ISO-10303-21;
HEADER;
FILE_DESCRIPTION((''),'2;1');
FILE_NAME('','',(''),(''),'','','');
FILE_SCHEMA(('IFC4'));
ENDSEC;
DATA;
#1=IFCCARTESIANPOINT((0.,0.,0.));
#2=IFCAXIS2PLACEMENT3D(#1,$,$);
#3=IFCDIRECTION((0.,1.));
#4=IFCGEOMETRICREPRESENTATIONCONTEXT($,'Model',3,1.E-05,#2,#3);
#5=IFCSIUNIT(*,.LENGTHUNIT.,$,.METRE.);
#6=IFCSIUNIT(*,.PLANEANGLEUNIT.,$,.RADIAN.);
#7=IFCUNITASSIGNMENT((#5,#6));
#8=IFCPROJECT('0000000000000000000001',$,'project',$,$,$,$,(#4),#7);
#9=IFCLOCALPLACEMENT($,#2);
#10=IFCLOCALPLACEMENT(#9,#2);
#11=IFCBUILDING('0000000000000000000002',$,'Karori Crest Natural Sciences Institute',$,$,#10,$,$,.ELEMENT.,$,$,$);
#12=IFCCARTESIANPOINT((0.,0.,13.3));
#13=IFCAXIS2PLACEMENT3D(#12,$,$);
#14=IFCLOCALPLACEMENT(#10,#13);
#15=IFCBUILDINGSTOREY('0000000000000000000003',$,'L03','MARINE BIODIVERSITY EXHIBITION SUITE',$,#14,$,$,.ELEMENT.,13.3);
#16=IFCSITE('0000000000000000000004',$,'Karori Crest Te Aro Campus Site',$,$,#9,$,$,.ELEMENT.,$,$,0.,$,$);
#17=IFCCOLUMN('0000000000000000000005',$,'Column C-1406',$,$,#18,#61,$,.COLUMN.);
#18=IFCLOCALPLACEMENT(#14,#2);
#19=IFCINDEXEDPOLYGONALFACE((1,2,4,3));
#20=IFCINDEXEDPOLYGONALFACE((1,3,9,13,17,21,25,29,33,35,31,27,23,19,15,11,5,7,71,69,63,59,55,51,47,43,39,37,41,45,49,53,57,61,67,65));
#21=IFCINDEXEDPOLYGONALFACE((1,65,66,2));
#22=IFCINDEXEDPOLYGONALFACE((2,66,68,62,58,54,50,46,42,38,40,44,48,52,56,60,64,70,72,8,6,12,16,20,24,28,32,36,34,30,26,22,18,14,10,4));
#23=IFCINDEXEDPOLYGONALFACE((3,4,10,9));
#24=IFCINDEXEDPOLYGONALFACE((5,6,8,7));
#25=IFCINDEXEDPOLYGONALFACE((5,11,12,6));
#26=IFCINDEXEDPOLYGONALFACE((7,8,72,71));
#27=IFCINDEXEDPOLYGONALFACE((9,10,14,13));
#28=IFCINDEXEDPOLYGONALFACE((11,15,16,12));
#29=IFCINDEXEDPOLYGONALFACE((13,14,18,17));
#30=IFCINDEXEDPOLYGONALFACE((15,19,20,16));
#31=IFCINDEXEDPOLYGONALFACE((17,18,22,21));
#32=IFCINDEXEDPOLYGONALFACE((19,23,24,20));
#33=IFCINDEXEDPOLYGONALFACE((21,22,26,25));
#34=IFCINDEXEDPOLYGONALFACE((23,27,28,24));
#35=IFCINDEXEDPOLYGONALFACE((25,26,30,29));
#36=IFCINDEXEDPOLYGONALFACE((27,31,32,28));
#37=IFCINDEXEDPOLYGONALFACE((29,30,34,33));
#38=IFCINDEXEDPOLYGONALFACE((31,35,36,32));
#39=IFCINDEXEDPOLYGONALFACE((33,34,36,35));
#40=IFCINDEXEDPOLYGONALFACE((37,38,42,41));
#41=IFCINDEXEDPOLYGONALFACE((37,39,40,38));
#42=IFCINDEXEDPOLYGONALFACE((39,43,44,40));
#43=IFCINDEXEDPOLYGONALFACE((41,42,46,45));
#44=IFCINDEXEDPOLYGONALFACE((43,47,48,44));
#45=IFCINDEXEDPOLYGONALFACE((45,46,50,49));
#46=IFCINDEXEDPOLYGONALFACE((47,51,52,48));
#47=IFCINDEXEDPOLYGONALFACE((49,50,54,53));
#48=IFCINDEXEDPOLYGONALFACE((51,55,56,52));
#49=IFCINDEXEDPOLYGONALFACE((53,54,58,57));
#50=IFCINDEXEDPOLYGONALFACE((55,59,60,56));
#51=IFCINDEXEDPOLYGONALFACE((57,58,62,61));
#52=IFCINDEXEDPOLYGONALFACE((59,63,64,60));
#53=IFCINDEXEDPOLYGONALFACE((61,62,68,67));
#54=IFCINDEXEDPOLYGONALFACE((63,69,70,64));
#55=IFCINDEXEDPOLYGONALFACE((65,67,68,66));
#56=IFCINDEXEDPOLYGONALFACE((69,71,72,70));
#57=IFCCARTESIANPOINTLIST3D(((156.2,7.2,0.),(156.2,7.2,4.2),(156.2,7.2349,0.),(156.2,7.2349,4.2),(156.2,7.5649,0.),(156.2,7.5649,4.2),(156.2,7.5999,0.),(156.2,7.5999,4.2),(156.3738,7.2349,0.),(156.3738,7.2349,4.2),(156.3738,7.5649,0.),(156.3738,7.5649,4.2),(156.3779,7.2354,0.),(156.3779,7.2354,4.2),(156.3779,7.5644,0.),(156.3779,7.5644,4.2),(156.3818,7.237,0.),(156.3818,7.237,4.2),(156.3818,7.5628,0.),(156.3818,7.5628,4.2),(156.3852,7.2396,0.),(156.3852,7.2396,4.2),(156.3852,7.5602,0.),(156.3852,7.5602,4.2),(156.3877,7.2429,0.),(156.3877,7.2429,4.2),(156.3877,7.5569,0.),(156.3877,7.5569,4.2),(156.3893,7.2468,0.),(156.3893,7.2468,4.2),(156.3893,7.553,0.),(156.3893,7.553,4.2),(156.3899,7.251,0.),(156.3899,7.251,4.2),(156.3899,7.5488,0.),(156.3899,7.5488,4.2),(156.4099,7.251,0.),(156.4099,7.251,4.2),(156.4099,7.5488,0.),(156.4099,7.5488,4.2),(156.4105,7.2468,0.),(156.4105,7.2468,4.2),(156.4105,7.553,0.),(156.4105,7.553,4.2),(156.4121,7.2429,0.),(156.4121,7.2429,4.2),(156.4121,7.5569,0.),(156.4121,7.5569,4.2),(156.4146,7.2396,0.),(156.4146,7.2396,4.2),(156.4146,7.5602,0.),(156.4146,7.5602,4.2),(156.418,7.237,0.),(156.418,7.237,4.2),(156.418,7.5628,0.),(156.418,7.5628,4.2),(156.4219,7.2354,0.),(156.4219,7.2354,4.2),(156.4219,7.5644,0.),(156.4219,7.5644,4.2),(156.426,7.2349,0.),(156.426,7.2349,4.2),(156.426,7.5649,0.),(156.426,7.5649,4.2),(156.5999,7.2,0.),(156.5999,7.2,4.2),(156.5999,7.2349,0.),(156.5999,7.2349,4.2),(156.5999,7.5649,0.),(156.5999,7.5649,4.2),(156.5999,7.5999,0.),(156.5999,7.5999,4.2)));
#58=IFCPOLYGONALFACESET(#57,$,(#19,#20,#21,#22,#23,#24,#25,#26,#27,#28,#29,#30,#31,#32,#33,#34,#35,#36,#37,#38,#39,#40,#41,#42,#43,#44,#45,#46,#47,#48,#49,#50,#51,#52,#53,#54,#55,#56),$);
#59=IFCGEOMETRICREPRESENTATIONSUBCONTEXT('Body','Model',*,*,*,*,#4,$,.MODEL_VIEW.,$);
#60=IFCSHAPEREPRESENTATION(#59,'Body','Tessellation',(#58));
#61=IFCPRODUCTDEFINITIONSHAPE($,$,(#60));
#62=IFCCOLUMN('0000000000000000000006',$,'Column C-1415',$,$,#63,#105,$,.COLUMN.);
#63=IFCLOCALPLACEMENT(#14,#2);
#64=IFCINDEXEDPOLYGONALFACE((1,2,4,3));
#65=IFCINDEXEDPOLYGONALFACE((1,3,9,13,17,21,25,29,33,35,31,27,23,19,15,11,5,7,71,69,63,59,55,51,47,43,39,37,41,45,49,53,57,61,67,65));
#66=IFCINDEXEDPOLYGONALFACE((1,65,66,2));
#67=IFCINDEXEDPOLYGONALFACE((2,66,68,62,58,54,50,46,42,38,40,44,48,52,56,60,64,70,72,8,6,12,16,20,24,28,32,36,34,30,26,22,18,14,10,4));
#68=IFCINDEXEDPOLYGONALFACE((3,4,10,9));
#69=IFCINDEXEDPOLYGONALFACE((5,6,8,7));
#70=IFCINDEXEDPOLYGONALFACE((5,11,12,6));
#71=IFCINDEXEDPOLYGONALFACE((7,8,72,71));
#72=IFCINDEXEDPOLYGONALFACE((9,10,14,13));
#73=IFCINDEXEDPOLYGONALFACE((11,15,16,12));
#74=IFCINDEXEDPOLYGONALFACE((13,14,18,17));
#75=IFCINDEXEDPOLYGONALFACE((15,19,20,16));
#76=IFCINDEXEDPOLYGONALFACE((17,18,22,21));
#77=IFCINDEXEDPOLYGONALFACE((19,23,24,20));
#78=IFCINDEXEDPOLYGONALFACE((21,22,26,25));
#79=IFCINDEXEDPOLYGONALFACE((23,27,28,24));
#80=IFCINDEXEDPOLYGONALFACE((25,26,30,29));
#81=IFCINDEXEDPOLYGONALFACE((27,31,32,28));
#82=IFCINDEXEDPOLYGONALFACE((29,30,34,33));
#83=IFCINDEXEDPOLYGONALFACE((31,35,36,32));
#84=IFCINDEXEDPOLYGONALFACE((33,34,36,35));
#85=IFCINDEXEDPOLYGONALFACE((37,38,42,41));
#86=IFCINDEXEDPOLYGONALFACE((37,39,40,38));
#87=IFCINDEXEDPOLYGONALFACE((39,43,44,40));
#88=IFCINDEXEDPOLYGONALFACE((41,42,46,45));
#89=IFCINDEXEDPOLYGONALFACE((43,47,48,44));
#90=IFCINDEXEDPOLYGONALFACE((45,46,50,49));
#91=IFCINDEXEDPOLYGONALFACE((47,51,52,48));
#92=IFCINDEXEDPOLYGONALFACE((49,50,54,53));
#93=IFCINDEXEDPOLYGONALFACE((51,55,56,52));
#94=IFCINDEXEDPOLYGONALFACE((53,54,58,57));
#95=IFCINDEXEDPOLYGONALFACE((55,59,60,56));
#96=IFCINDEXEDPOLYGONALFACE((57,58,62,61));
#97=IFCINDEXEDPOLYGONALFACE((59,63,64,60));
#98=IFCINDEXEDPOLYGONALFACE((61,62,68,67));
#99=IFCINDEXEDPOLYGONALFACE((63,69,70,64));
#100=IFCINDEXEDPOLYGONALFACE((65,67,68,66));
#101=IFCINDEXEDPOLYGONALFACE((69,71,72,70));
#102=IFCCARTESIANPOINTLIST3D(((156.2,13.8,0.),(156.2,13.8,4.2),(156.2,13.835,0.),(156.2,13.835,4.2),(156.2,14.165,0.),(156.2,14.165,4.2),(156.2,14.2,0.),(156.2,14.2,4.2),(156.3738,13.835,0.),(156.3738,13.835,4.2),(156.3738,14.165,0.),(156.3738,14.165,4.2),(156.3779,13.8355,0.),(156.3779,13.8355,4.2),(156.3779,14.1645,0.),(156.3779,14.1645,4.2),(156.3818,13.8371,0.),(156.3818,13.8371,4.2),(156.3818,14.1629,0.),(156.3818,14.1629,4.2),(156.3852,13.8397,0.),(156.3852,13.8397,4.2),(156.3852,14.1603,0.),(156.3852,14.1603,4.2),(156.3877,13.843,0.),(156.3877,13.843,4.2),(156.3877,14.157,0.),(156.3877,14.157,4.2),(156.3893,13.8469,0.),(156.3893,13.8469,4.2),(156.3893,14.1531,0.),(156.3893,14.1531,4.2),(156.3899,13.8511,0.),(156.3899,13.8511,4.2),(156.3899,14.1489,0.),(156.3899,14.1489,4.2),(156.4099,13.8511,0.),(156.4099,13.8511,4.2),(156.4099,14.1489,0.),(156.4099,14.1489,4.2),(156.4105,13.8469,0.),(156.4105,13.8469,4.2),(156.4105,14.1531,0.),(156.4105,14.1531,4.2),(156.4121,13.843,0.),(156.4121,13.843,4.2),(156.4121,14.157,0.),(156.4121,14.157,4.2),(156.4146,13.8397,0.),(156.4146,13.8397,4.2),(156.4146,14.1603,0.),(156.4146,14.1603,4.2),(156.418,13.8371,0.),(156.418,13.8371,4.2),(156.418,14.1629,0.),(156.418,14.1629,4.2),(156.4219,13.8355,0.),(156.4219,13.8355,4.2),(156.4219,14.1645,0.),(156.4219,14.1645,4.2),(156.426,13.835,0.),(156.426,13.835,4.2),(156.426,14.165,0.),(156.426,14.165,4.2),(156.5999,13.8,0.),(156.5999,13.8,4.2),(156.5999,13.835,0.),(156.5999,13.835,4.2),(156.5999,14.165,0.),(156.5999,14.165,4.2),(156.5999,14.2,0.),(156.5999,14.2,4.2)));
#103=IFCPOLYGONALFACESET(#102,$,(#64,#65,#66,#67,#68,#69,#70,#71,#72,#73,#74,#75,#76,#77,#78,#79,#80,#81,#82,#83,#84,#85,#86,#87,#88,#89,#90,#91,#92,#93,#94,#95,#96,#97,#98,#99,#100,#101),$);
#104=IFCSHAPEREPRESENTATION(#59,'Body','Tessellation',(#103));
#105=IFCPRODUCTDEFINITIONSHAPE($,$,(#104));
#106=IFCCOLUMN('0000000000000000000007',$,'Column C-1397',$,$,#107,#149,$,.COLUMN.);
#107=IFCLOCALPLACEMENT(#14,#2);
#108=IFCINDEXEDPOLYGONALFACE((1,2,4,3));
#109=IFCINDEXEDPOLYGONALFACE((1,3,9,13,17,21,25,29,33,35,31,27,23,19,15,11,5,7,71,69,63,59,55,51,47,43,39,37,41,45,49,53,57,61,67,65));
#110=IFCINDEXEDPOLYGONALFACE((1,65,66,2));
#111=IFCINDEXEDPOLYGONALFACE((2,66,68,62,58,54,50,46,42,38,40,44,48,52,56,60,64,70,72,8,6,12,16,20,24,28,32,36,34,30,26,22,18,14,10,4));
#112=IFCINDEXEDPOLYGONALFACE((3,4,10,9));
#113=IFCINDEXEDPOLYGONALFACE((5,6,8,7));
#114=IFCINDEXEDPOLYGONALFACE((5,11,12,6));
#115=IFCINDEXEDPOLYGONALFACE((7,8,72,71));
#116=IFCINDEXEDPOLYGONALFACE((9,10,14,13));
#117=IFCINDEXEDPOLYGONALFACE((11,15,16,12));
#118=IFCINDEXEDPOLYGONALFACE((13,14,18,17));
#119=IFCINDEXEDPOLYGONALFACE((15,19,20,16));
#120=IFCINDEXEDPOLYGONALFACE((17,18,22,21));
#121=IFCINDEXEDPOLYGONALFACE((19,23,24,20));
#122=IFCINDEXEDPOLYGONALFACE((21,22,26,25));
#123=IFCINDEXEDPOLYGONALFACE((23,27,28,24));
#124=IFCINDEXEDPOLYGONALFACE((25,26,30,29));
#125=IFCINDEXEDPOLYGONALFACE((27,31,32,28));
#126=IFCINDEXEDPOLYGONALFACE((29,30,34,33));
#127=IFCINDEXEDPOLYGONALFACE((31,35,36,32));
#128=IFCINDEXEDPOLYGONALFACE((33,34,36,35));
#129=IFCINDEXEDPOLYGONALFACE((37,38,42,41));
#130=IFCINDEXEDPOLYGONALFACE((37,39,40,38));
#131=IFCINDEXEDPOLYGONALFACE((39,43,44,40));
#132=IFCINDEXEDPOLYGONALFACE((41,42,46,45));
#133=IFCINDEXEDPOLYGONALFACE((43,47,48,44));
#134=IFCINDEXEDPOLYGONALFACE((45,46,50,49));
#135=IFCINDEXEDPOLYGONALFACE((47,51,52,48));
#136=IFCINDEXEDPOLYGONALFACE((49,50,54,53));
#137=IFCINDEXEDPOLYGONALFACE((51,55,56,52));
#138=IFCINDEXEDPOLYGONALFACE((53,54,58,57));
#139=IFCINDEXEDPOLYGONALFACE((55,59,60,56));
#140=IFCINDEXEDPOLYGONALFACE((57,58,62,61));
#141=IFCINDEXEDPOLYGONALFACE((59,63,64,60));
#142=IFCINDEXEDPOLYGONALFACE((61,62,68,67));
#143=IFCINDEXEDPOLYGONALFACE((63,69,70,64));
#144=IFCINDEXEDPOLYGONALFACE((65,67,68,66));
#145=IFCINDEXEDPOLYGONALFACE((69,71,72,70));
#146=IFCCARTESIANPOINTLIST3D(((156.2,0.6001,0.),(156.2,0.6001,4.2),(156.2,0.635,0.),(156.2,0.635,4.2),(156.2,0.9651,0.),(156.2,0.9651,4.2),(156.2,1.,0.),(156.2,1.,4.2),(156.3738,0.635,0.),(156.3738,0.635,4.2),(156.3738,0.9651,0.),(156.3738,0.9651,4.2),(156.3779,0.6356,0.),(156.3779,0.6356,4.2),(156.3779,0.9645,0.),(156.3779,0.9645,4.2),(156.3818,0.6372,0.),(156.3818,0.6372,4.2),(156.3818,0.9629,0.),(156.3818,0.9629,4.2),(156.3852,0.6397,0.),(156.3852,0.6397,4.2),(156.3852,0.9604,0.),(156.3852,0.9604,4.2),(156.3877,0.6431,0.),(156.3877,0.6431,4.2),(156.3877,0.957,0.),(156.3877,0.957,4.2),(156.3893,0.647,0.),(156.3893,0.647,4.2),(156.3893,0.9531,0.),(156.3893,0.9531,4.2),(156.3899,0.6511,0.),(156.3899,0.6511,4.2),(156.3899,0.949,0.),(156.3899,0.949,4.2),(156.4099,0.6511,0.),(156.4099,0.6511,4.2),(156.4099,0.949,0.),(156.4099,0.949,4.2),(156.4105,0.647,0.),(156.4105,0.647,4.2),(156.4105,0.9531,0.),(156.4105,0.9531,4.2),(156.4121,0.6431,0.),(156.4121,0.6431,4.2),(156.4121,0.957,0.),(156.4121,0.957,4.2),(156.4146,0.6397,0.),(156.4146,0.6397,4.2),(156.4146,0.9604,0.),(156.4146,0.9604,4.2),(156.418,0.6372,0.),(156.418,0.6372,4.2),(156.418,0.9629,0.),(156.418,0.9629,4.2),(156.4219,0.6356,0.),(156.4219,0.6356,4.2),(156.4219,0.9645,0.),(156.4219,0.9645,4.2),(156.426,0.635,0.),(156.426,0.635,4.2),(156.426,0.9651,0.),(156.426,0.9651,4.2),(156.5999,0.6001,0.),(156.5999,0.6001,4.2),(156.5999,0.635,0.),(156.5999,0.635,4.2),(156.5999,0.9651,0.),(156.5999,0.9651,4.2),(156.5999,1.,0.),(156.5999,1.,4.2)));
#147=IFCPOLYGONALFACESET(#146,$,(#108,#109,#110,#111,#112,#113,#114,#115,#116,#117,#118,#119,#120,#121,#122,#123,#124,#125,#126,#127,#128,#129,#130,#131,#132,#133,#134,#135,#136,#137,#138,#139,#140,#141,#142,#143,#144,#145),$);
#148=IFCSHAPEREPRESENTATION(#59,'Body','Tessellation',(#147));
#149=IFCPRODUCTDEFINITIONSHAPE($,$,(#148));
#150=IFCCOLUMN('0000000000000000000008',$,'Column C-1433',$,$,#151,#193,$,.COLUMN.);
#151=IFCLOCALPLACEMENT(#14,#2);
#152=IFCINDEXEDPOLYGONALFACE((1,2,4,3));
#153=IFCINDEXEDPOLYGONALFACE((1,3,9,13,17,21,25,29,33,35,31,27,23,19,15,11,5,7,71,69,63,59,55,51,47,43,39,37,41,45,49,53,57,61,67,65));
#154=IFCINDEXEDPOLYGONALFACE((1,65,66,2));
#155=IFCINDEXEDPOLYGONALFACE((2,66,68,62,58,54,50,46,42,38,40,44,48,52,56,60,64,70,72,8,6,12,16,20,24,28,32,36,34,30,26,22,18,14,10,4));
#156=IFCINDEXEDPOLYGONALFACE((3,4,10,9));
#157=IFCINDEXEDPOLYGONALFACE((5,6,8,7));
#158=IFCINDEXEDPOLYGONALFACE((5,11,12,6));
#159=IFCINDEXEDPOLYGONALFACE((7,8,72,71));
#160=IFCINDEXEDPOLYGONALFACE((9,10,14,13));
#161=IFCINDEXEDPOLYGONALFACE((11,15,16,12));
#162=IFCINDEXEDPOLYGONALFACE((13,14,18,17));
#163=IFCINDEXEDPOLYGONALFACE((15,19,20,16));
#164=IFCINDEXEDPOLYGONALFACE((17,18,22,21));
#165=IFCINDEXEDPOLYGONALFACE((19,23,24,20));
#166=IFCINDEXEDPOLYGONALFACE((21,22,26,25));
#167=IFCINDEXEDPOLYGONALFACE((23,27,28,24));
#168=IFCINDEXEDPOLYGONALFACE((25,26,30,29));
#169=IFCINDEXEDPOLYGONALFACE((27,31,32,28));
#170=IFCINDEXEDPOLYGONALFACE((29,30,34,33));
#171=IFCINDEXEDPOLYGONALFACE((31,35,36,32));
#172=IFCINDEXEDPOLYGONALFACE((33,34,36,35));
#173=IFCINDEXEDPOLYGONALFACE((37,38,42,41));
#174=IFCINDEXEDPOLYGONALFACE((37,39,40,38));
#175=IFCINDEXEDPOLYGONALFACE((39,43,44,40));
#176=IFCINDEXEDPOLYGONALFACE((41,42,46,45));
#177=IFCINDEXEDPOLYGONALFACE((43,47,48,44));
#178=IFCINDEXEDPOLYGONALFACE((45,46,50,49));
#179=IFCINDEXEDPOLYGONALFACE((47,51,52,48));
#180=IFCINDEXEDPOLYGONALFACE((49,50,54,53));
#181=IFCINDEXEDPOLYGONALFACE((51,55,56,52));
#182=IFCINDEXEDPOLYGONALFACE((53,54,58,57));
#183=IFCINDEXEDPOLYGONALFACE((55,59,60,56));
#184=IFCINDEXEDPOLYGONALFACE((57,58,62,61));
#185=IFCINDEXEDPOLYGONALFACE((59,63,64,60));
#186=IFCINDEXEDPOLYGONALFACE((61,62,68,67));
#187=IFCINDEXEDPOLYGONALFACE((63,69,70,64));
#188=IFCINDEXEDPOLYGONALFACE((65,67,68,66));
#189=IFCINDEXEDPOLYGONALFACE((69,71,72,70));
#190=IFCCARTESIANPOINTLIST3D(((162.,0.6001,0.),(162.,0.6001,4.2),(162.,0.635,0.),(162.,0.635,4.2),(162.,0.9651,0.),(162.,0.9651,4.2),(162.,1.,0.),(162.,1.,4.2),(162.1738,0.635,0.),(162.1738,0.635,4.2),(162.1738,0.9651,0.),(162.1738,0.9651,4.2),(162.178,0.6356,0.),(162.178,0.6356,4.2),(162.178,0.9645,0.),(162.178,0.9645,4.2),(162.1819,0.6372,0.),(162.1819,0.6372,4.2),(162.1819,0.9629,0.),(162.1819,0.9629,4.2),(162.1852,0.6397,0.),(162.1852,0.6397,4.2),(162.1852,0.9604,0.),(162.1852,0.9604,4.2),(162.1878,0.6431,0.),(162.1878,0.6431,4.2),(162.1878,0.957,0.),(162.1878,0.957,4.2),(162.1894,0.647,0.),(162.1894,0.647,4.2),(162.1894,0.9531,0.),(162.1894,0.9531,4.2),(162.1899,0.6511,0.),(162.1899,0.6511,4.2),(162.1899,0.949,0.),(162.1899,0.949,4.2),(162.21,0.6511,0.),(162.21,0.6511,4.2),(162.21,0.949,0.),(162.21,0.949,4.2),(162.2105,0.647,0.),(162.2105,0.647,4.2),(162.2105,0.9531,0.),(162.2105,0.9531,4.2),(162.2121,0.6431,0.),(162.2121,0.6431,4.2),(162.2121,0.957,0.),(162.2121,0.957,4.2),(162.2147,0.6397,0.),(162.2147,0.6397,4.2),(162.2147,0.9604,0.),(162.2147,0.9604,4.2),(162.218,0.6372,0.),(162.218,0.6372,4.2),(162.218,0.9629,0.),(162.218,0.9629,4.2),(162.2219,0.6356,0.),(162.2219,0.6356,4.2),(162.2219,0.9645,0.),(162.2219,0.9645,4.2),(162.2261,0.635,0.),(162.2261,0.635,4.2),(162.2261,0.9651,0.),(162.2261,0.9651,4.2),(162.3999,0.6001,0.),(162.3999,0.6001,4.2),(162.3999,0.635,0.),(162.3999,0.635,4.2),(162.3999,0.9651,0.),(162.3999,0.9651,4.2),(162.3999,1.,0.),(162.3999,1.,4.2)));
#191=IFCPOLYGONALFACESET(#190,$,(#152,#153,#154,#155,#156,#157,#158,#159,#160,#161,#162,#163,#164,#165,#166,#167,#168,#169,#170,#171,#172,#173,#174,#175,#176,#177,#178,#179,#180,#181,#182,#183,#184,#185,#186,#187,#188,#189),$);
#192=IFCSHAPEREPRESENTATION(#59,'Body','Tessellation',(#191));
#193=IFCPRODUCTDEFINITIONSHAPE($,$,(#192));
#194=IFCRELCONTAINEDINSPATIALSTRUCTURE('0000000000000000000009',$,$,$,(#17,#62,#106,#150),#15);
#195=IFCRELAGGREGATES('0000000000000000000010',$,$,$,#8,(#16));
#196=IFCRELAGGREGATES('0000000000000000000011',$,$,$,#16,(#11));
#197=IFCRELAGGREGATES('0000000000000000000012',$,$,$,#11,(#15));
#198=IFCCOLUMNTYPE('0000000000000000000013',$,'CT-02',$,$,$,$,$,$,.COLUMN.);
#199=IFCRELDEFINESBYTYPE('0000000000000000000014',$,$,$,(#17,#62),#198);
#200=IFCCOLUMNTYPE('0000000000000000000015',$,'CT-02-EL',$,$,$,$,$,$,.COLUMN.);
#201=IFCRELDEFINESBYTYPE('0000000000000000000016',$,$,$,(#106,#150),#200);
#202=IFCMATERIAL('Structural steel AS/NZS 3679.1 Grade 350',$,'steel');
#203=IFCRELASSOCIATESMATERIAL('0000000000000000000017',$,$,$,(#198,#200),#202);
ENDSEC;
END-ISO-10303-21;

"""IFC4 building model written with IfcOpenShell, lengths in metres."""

from ifc_helpers import new_model, si_unit, direction, frame, origin, origin_2d, place, context, subcontext, project, spatial, i_section, extrude, material, material_profile, profile_set, type_object, element, save


model = new_model("IFC4")

# Units and contexts
model_context = context("Model", 3, precision=1e-05, world=origin(), true_north=direction((0.0, 1.0)))
body_context = subcontext(model_context, "Body", "Model", "MODEL_VIEW")
ifc_project = project(units=[si_unit("LENGTHUNIT", "METRE"), si_unit("PLANEANGLEUNIT", "RADIAN")], contexts=[model_context])

# Site, building, storey
site_placement = place(None, origin())
site = spatial("IfcSite", under=ifc_project, at=site_placement, Name="Karori Crest Te Aro Campus Site", CompositionType="ELEMENT", RefElevation=0.0)
building_placement = place(site_placement, origin())
building = spatial("IfcBuilding", under=site, at=building_placement, Name="Karori Crest Natural Sciences Institute", CompositionType="ELEMENT")
storey_placement = place(building_placement, frame((0.0, 0.0, 13.3)))
storey = spatial("IfcBuildingStorey", under=building, at=storey_placement, Name="L03", Description="MARINE BIODIVERSITY EXHIBITION SUITE", CompositionType="ELEMENT", Elevation=13.3)

# Columns
ifc_material_1 = material(Name="Structural steel AS/NZS 3679.1 Grade 350", Category="steel")
ifc_material_profile_1 = material_profile(ifc_material_1, i_section(OverallWidth=0.3999, OverallDepth=0.3999, WebThickness=0.02, FlangeThickness=0.0349, FilletRadius=0.0161, at=origin_2d()), Name="400WC328")
ifc_profile_set_1 = profile_set([ifc_material_profile_1], Name="Structural steel AS/NZS 3679.1 Grade 350")
column_type_1 = type_object("IfcColumnType", Name="CT-02", PredefinedType="COLUMN", material=ifc_profile_set_1)
for number, where, z_axis, x_axis, name in (
    (1, (156.3999, 7.3999, 0.0), (0.0, 0.0, 1.0), (1.0, 0.0, 0.0), "Column C-1406"),
    (2, (156.3999, 14.0, 0.0), (0.0, 0.0, 1.0), (1.0, 0.0, 0.0), "Column C-1415"),
):
    element("IfcColumn", number, at=place(storey_placement, frame(where, z_axis=z_axis, x_axis=x_axis)), inside=storey, type_object=column_type_1, Name=name, PredefinedType="COLUMN", context=body_context, shape_type="SweptSolid", body=[
        extrude(i_section(OverallWidth=0.3999, OverallDepth=0.3999, WebThickness=0.02, FlangeThickness=0.0349, FilletRadius=0.0161, at=origin_2d()), origin(), (0.0, 0.0, 1.0), 4.2),
    ])
ifc_material_profile_2 = material_profile(ifc_material_1, i_section(OverallWidth=0.3999, OverallDepth=0.3999, WebThickness=0.02, FlangeThickness=0.0349, FilletRadius=0.0161, at=origin_2d()), Name="400WC328")
ifc_profile_set_2 = profile_set([ifc_material_profile_2], Name="Structural steel AS/NZS 3679.1 Grade 350")
column_type_2 = type_object("IfcColumnType", Name="CT-02-EL", PredefinedType="COLUMN", material=ifc_profile_set_2)
for number, where, z_axis, x_axis, name in (
    (3, (156.3999, 0.8, 0.0), (0.0, 0.0, 1.0), (1.0, 0.0, 0.0), "Column C-1397"),
    (4, (162.2, 0.8, 0.0), (0.0, 0.0, 1.0), (1.0, 0.0, 0.0), "Column C-1433"),
):
    element("IfcColumn", number, at=place(storey_placement, frame(where, z_axis=z_axis, x_axis=x_axis)), inside=storey, type_object=column_type_2, Name=name, PredefinedType="COLUMN", context=body_context, shape_type="SweptSolid", body=[
        extrude(i_section(OverallWidth=0.3999, OverallDepth=0.3999, WebThickness=0.02, FlangeThickness=0.0349, FilletRadius=0.0161, at=origin_2d()), origin(), (0.0, 0.0, 1.0), 4.2),
    ])

save(model, "model.ifc")
